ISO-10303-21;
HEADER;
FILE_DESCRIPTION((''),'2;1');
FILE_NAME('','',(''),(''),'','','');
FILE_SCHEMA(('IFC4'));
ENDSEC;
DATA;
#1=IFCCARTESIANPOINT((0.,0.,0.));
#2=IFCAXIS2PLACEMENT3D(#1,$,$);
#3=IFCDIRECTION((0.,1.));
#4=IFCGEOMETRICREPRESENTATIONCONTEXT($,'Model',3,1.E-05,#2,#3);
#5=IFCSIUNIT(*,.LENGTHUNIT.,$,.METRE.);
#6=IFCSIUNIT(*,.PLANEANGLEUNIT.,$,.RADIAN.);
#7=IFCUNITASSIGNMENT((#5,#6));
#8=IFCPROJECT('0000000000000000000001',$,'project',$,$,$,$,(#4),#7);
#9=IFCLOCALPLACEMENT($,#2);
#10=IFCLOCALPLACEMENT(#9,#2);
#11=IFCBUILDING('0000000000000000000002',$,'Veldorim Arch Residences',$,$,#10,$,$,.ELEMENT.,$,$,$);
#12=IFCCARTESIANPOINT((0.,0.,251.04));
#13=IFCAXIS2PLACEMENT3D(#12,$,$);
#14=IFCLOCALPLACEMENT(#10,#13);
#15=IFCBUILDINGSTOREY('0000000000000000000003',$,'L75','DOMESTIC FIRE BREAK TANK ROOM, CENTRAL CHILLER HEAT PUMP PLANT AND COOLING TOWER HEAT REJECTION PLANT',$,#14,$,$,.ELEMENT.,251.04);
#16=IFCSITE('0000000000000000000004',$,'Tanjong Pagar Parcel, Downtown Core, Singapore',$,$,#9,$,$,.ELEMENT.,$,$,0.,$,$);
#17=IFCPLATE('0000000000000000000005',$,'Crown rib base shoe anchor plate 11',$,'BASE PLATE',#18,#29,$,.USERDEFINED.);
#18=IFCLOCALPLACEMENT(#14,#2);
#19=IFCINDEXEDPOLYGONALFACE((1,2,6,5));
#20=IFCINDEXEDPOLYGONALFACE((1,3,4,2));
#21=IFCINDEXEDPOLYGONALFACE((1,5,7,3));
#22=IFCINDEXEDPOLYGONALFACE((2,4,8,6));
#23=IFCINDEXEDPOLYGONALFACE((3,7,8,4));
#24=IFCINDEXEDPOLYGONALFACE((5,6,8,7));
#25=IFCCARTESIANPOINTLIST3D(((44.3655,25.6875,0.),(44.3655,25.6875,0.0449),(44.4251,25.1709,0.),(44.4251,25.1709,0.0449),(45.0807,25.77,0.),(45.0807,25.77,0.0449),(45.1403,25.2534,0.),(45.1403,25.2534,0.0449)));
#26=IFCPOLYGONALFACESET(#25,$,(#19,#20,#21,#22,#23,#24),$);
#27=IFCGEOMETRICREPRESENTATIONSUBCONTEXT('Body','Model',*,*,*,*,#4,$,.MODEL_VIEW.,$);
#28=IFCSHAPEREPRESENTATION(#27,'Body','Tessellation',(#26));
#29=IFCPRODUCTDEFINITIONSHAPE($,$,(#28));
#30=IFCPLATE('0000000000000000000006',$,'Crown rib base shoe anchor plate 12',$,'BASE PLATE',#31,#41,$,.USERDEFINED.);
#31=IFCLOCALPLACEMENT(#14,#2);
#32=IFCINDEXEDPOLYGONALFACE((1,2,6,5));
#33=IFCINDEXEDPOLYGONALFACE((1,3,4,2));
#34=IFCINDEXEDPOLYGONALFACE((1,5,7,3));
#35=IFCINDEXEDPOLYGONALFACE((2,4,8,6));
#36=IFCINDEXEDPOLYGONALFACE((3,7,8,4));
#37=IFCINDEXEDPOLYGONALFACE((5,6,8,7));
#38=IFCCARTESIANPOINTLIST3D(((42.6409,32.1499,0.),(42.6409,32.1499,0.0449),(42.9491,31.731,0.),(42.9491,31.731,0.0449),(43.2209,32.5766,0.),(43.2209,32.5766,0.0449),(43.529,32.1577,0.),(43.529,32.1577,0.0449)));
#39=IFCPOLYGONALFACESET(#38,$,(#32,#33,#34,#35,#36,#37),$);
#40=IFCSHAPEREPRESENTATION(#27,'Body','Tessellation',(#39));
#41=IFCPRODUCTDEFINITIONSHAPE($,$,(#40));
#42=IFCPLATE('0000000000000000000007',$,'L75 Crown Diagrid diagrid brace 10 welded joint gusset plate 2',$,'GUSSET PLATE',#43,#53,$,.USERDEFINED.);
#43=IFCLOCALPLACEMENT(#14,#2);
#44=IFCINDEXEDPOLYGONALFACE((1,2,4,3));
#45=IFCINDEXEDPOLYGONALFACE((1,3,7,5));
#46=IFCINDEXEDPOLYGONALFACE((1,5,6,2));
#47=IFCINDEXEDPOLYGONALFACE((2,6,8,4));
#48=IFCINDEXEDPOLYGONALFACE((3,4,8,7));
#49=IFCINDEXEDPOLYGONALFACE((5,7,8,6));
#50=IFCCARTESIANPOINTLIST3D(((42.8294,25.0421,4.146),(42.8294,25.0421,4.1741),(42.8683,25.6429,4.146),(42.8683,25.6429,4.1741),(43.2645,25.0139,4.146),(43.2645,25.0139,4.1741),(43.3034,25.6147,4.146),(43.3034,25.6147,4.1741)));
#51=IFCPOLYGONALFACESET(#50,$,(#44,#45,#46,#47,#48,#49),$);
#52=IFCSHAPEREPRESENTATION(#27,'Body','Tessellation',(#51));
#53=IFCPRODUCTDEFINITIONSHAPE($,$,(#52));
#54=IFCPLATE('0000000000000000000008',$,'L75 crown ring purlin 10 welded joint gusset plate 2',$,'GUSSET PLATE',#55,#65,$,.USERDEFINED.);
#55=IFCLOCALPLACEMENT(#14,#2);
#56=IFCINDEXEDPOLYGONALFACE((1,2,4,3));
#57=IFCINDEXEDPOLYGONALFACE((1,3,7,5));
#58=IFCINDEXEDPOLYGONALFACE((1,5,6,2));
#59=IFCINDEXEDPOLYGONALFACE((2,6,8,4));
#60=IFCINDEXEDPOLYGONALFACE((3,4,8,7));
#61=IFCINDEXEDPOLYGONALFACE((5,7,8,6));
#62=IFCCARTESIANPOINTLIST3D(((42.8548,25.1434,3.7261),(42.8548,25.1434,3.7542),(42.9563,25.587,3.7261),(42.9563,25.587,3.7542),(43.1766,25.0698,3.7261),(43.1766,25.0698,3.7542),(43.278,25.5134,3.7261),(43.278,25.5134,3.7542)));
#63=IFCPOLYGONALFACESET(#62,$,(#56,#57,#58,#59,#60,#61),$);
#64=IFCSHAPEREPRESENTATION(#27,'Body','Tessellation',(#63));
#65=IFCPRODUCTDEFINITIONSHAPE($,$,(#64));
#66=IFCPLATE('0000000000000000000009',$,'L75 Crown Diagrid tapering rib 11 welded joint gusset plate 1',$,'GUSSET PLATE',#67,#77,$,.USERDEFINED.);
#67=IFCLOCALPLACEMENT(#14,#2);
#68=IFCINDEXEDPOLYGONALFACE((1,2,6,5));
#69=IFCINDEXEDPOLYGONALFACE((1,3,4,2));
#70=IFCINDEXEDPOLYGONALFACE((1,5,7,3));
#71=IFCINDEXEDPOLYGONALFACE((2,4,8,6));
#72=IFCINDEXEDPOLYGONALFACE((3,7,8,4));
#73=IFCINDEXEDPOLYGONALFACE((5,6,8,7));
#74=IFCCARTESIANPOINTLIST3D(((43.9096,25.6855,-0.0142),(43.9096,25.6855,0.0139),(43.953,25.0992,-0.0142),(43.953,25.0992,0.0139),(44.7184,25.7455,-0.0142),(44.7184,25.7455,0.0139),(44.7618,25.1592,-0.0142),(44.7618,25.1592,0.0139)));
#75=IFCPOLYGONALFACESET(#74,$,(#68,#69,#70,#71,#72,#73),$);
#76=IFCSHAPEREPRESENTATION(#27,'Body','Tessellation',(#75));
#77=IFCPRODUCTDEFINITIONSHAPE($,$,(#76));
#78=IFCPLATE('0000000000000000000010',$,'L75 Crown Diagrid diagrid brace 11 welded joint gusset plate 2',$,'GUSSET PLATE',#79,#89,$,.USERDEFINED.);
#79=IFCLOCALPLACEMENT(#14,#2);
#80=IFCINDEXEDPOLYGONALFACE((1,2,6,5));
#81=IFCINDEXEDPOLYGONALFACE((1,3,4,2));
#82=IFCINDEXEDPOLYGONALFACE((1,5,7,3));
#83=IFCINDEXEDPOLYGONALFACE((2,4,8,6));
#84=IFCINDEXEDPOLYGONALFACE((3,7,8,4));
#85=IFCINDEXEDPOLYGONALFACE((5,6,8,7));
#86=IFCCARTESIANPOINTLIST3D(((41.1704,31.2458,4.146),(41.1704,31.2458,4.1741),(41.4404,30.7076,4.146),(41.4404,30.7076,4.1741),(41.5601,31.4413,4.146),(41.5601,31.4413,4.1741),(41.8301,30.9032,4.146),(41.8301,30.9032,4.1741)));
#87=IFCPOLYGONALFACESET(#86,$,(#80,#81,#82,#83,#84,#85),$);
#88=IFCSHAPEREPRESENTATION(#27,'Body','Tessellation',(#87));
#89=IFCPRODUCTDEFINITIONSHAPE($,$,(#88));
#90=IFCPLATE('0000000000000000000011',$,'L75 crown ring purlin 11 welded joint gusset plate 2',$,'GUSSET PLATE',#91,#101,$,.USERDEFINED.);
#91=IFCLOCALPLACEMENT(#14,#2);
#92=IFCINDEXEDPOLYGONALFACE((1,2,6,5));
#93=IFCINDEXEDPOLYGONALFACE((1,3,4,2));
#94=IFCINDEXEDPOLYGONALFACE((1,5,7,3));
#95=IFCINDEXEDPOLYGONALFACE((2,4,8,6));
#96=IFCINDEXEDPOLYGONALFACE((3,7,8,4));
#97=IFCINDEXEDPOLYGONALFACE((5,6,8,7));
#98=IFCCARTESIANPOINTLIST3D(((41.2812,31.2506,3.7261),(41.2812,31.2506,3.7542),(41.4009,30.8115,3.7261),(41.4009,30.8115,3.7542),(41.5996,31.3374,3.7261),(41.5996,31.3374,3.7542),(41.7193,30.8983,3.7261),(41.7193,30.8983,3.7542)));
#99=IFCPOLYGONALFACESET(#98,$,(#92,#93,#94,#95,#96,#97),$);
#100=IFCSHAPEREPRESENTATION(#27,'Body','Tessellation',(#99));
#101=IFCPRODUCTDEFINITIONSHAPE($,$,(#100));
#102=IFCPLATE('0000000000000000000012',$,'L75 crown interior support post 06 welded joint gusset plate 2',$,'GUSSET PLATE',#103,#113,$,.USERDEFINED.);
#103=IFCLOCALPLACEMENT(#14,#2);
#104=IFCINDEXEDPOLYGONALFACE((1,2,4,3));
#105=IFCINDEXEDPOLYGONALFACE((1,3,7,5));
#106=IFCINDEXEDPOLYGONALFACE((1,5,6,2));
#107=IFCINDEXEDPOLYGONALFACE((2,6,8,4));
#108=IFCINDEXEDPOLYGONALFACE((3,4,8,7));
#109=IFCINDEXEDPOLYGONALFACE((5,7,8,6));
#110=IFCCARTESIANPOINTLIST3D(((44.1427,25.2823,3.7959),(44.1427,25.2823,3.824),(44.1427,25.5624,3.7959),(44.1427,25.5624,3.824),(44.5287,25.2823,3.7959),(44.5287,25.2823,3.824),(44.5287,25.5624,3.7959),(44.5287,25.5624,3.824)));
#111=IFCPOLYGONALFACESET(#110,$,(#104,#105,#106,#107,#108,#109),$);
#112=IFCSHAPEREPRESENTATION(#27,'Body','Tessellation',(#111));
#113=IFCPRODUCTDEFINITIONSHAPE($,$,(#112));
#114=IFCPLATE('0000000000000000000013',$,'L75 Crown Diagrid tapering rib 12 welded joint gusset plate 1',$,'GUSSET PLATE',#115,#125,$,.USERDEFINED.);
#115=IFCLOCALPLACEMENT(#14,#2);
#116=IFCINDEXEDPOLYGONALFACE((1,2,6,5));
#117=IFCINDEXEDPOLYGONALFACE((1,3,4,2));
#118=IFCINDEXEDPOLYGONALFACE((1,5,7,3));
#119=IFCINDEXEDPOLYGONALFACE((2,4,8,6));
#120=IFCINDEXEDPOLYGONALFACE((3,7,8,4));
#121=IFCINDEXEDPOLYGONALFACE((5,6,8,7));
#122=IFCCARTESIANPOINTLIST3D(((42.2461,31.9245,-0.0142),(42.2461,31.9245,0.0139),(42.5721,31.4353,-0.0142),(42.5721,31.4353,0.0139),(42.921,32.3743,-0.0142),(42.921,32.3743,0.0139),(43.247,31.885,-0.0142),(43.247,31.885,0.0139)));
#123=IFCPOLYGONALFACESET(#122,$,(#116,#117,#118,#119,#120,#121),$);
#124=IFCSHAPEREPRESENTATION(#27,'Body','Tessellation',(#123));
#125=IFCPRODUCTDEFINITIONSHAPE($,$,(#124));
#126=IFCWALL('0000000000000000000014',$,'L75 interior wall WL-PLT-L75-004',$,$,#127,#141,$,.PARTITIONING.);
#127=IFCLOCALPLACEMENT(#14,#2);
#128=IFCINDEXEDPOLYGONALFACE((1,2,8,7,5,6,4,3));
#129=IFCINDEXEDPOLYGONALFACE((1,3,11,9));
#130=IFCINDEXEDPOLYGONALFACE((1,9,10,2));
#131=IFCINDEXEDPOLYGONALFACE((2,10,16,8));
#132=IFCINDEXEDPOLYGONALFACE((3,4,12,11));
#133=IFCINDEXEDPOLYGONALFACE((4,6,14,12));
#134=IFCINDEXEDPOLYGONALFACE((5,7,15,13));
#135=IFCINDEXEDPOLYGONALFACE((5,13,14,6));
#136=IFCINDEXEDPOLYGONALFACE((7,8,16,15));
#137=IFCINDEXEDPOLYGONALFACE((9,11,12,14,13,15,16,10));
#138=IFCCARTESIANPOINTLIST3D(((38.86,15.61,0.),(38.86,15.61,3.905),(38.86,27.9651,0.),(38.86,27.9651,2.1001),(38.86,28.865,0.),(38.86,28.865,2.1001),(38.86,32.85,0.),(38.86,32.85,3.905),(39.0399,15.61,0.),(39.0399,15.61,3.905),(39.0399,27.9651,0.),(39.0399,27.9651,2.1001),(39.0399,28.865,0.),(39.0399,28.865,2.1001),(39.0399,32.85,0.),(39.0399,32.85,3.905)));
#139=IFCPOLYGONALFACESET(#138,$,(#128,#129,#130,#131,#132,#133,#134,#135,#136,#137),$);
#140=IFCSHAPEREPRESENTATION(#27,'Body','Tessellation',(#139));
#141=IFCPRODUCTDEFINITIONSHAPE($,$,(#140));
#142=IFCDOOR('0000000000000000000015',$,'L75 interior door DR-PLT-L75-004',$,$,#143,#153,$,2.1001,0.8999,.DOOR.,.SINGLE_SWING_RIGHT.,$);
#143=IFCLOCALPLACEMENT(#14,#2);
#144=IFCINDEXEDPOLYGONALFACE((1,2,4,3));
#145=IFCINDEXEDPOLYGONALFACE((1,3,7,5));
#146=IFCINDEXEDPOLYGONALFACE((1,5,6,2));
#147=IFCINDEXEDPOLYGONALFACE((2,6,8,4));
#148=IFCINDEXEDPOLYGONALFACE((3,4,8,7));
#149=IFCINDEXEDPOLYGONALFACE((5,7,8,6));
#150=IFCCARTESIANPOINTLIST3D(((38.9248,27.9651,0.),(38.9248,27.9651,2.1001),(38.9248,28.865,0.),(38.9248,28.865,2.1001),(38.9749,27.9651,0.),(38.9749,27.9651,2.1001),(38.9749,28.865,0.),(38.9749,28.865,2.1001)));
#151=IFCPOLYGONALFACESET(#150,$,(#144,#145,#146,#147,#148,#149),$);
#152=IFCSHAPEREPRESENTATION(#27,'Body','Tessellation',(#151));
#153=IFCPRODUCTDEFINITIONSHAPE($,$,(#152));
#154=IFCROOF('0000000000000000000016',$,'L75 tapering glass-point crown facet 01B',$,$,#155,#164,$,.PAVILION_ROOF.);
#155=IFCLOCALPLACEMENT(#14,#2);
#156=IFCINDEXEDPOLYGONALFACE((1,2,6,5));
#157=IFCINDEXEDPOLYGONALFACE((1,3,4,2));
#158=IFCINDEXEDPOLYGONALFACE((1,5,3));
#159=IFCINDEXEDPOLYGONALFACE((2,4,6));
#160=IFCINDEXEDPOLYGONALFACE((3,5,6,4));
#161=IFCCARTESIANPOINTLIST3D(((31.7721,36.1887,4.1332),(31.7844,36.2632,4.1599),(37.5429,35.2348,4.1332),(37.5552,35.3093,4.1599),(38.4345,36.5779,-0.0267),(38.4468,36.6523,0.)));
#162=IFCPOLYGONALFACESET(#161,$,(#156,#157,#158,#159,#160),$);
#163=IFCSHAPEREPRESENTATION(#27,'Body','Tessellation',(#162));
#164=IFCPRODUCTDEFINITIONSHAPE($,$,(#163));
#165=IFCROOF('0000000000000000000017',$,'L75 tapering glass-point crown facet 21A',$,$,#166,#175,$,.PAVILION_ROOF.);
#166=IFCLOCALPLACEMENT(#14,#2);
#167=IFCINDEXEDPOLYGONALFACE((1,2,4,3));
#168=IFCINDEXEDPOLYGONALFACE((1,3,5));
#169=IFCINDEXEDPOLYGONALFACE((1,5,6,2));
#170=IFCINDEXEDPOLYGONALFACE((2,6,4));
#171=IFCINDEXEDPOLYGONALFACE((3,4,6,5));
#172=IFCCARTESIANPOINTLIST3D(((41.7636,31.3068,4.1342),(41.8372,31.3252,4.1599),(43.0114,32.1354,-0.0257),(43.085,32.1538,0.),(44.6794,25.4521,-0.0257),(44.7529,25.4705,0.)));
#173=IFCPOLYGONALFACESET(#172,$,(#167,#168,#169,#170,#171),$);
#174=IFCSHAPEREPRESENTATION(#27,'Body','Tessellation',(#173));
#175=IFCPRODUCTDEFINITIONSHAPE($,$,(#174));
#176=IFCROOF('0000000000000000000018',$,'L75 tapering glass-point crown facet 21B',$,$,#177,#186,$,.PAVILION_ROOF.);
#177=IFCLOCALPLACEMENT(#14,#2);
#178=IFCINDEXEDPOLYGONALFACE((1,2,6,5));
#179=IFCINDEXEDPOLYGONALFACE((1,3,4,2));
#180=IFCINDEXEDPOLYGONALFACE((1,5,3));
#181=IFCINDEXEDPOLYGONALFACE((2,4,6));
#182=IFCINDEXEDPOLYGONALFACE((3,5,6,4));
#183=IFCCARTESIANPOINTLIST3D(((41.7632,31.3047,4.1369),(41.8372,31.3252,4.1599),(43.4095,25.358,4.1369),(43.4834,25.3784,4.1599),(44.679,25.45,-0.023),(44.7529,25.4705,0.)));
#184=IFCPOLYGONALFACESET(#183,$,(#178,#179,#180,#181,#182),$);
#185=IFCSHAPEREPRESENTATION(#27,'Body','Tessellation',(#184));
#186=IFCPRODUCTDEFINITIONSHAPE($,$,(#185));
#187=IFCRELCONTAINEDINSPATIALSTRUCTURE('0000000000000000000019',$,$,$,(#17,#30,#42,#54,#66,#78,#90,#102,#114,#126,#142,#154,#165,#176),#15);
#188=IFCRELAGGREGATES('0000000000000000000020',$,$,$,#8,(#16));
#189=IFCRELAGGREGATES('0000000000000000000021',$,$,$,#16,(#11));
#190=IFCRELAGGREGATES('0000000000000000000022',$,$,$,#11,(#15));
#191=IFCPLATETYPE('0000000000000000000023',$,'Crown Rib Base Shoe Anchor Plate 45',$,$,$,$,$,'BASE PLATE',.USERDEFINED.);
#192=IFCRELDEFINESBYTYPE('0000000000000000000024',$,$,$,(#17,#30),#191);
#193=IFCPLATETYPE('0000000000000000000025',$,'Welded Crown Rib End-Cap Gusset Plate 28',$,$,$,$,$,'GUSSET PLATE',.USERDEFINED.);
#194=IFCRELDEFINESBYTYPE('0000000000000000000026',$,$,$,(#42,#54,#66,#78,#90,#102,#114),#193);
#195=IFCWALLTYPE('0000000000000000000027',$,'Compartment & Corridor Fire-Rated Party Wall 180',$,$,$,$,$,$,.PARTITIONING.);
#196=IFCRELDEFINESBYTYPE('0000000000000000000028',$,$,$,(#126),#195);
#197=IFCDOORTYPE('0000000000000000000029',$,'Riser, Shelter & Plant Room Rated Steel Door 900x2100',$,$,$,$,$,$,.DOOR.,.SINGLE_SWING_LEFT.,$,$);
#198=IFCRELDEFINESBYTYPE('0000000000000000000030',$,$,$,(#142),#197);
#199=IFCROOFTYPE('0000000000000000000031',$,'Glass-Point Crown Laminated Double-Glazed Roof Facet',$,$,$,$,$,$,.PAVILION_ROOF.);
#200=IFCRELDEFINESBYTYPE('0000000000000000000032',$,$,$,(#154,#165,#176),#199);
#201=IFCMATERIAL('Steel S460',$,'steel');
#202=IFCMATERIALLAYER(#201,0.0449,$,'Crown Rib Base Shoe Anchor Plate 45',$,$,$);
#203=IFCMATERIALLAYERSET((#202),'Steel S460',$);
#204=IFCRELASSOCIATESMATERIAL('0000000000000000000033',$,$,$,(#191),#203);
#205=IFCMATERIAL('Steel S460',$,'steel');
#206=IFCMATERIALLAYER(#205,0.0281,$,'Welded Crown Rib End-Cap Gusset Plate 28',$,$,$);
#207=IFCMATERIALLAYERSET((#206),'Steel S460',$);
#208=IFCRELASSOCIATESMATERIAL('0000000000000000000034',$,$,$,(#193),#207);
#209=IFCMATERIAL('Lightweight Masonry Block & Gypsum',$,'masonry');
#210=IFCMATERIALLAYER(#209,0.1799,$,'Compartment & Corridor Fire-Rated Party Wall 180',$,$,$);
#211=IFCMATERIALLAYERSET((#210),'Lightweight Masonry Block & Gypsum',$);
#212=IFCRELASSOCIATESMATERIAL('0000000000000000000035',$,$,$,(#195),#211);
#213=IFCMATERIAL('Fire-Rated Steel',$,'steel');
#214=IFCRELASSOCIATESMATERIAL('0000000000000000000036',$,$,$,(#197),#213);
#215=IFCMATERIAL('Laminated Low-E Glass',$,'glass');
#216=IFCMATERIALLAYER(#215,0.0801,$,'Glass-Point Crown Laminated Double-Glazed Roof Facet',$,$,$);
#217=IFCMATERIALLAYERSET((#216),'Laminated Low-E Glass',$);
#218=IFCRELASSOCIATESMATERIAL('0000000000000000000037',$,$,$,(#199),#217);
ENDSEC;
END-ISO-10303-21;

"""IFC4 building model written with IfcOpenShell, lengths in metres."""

from ifc_helpers import new_model, si_unit, direction, frame, frame_2d, origin, origin_2d, place, context, subcontext, project, spatial, polyline, rectangle, outline, extrude, material, layer, layer_set, type_object, element, fill, save


model = new_model("IFC4")

# Units and contexts
model_context = context("Model", 3, precision=1e-05, world=origin(), true_north=direction((0.0, 1.0)))
body_context = subcontext(model_context, "Body", "Model", "MODEL_VIEW")
ifc_project = project(units=[si_unit("LENGTHUNIT", "METRE"), si_unit("PLANEANGLEUNIT", "RADIAN")], contexts=[model_context])

# Site, building, storey
site_placement = place(None, origin())
site = spatial("IfcSite", under=ifc_project, at=site_placement, Name="Tanjong Pagar Parcel, Downtown Core, Singapore", CompositionType="ELEMENT", RefElevation=0.0)
building_placement = place(site_placement, origin())
building = spatial("IfcBuilding", under=site, at=building_placement, Name="Veldorim Arch Residences", CompositionType="ELEMENT")
storey_placement = place(building_placement, frame((0.0, 0.0, 251.04)))
storey = spatial("IfcBuildingStorey", under=building, at=storey_placement, Name="L75", Description="DOMESTIC FIRE BREAK TANK ROOM, CENTRAL CHILLER HEAT PUMP PLANT AND COOLING TOWER HEAT REJECTION PLANT", CompositionType="ELEMENT", Elevation=251.04)

# Plates
ifc_material_1 = material(Name="Steel S460", Category="steel")
ifc_layer_1 = layer(ifc_material_1, 0.0449, Name="Crown Rib Base Shoe Anchor Plate 45")
ifc_layer_set_1 = layer_set([ifc_layer_1], Name="Steel S460")
plate_type_1 = type_object("IfcPlateType", Name="Crown Rib Base Shoe Anchor Plate 45", ElementType="BASE PLATE", PredefinedType="USERDEFINED", material=ifc_layer_set_1)
for number, where, z_axis, x_axis, name in (
    (1, (44.7529, 25.4705, 0.0), (0.0, 0.0, 1.0), (0.993413, 0.11459, 0.0), "Crown rib base shoe anchor plate 11"),
    (2, (43.085, 32.1538, 0.0), (0.0, 0.0, 1.0), (0.805515, 0.592576, 0.0), "Crown rib base shoe anchor plate 12"),
):
    element("IfcPlate", number, at=place(storey_placement, frame(where, z_axis=z_axis, x_axis=x_axis)), inside=storey, type_object=plate_type_1, Name=name, ObjectType="BASE PLATE", PredefinedType="USERDEFINED", context=body_context, shape_type="SweptSolid", body=[
        extrude(rectangle(XDim=0.72, YDim=0.52, at=origin_2d()), origin(), (0.0, 0.0, 1.0), 0.0449),
    ])
ifc_material_2 = material(Name="Steel S460", Category="steel")
ifc_layer_2 = layer(ifc_material_2, 0.0281, Name="Welded Crown Rib End-Cap Gusset Plate 28")
ifc_layer_set_2 = layer_set([ifc_layer_2], Name="Steel S460")
plate_type_2 = type_object("IfcPlateType", Name="Welded Crown Rib End-Cap Gusset Plate 28", ElementType="GUSSET PLATE", PredefinedType="USERDEFINED", material=ifc_layer_set_2)
plate_1_placement = place(storey_placement, frame((43.0664, 25.3284, 4.146), z_axis=(0.0, 0.0, 1.0), x_axis=(0.064637, 0.997909, 0.0)))
element("IfcPlate", 3, at=plate_1_placement, inside=storey, type_object=plate_type_2, Name="L75 Crown Diagrid diagrid brace 10 welded joint gusset plate 2", ObjectType="GUSSET PLATE", PredefinedType="USERDEFINED", context=body_context, shape_type="SweptSolid", body=[
    extrude(rectangle(XDim=0.6021, YDim=0.436, at=origin_2d()), origin(), (0.0, 0.0, 1.0), 0.0281),
])
plate_2_placement = place(storey_placement, frame((43.0664, 25.3284, 3.7261), z_axis=(0.0, 0.0, 1.0), x_axis=(0.222961, 0.974827, 0.0)))
element("IfcPlate", 4, at=plate_2_placement, inside=storey, type_object=plate_type_2, Name="L75 crown ring purlin 10 welded joint gusset plate 2", ObjectType="GUSSET PLATE", PredefinedType="USERDEFINED", context=body_context, shape_type="SweptSolid", body=[
    extrude(rectangle(XDim=0.4551, YDim=0.3301, at=origin_2d()), origin(), (0.0, 0.0, 1.0), 0.0281),
])
plate_3_placement = place(storey_placement, frame((44.3357, 25.4224, -0.0142), z_axis=(0.0, 0.0, 1.0), x_axis=(-0.997263, -0.073934, 0.0)))
element("IfcPlate", 5, at=plate_3_placement, inside=storey, type_object=plate_type_2, Name="L75 Crown Diagrid tapering rib 11 welded joint gusset plate 1", ObjectType="GUSSET PLATE", PredefinedType="USERDEFINED", context=body_context, shape_type="SweptSolid", body=[
    extrude(rectangle(XDim=0.811, YDim=0.5879, at=origin_2d()), origin(), (0.0, 0.0, 1.0), 0.0281),
])
plate_4_placement = place(storey_placement, frame((41.5002, 31.0745, 4.146), z_axis=(0.0, 0.0, 1.0), x_axis=(-0.448414, 0.893826, 0.0)))
element("IfcPlate", 6, at=plate_4_placement, inside=storey, type_object=plate_type_2, Name="L75 Crown Diagrid diagrid brace 11 welded joint gusset plate 2", ObjectType="GUSSET PLATE", PredefinedType="USERDEFINED", context=body_context, shape_type="SweptSolid", body=[
    extrude(rectangle(XDim=0.6021, YDim=0.436, at=origin_2d()), origin(), (0.0, 0.0, 1.0), 0.0281),
])
plate_5_placement = place(storey_placement, frame((41.5002, 31.0745, 3.7261), z_axis=(0.0, 0.0, 1.0), x_axis=(-0.262981, 0.964801, 0.0)))
element("IfcPlate", 7, at=plate_5_placement, inside=storey, type_object=plate_type_2, Name="L75 crown ring purlin 11 welded joint gusset plate 2", ObjectType="GUSSET PLATE", PredefinedType="USERDEFINED", context=body_context, shape_type="SweptSolid", body=[
    extrude(rectangle(XDim=0.4551, YDim=0.3301, at=origin_2d()), origin(), (0.0, 0.0, 1.0), 0.0281),
])
plate_6_placement = place(storey_placement, frame((44.3357, 25.4224, 3.7959), z_axis=(0.0, 0.0, 1.0), x_axis=(1.0, 0.0, 0.0)))
element("IfcPlate", 8, at=plate_6_placement, inside=storey, type_object=plate_type_2, Name="L75 crown interior support post 06 welded joint gusset plate 2", ObjectType="GUSSET PLATE", PredefinedType="USERDEFINED", context=body_context, shape_type="SweptSolid", body=[
    extrude(rectangle(XDim=0.386, YDim=0.28, at=origin_2d()), origin(), (0.0, 0.0, 1.0), 0.0281),
])
plate_7_placement = place(storey_placement, frame((42.7466, 31.9048, -0.0142), z_axis=(0.0, 0.0, 1.0), x_axis=(-0.832167, -0.554525, 0.0)))
element("IfcPlate", 9, at=plate_7_placement, inside=storey, type_object=plate_type_2, Name="L75 Crown Diagrid tapering rib 12 welded joint gusset plate 1", ObjectType="GUSSET PLATE", PredefinedType="USERDEFINED", context=body_context, shape_type="SweptSolid", body=[
    extrude(rectangle(XDim=0.811, YDim=0.5879, at=origin_2d()), origin(), (0.0, 0.0, 1.0), 0.0281),
])

# Wall, opening, door
ifc_material_3 = material(Name="Lightweight Masonry Block & Gypsum", Category="masonry")
ifc_layer_3 = layer(ifc_material_3, 0.1799, Name="Compartment & Corridor Fire-Rated Party Wall 180")
ifc_layer_set_3 = layer_set([ifc_layer_3], Name="Lightweight Masonry Block & Gypsum")
wall_type = type_object("IfcWallType", Name="Compartment & Corridor Fire-Rated Party Wall 180", PredefinedType="PARTITIONING", material=ifc_layer_set_3)
wall_placement = place(storey_placement, frame((38.95, 32.8501, 0.0), z_axis=(0.0, 0.0, 1.0), x_axis=(0.0, -1.0, 0.0)))
wall = element("IfcWall", 10, at=wall_placement, inside=storey, type_object=wall_type, Name="L75 interior wall WL-PLT-L75-004", PredefinedType="PARTITIONING", context=body_context, shape_type="SweptSolid", body=[
    extrude(rectangle(XDim=17.24, YDim=0.1799, at=frame_2d((8.6201, 0.0))), origin(), (0.0, 0.0, 1.0), 3.905),
])
opening_placement = place(wall_placement, frame((3.9851, 0.0, 0.0)))
opening = element("IfcOpeningElement", 11, at=opening_placement, cuts=wall, PredefinedType="OPENING", context=body_context, shape_type="SweptSolid", body=[
    extrude(rectangle(XDim=0.8999, YDim=2.1001, at=frame_2d((0.45, 1.05))), frame((0.0, 0.0999, 0.0), z_axis=(0.0, -1.0, 0.0), x_axis=(1.0, 0.0, 0.0)), (0.0, 0.0, 1.0), 0.2),
])
ifc_material_4 = material(Name="Fire-Rated Steel", Category="steel")
door_type = type_object("IfcDoorType", Name="Riser, Shelter & Plant Room Rated Steel Door 900x2100", OperationType="SINGLE_SWING_LEFT", PredefinedType="DOOR", material=ifc_material_4)
door_placement = place(opening_placement, origin())
door = element("IfcDoor", 12, at=door_placement, inside=storey, type_object=door_type, Name="L75 interior door DR-PLT-L75-004", OperationType="SINGLE_SWING_RIGHT", OverallHeight=2.1001, OverallWidth=0.8999, PredefinedType="DOOR", context=body_context, shape_type="SweptSolid", body=[
    extrude(rectangle(XDim=0.8999, YDim=2.1001, at=frame_2d((0.45, 1.05))), frame((0.0, 0.0249, 0.0), z_axis=(0.0, -1.0, 0.0), x_axis=(1.0, 0.0, 0.0)), (0.0, 0.0, 1.0), 0.05),
])
fill(opening, door)

# Roofs
ifc_material_5 = material(Name="Laminated Low-E Glass", Category="glass")
ifc_layer_4 = layer(ifc_material_5, 0.0801, Name="Glass-Point Crown Laminated Double-Glazed Roof Facet")
ifc_layer_set_4 = layer_set([ifc_layer_4], Name="Laminated Low-E Glass")
roof_type = type_object("IfcRoofType", Name="Glass-Point Crown Laminated Double-Glazed Roof Facet", PredefinedType="PAVILION_ROOF", material=ifc_layer_set_4)
roof_1_placement = place(storey_placement, frame((38.4468, 36.6523, 0.0), z_axis=(0.153756, 0.93021, 0.333271), x_axis=(-0.847191, -0.049486, 0.528978)))
element("IfcRoof", 13, at=roof_1_placement, inside=storey, type_object=roof_type, Name="L75 tapering glass-point crown facet 01B", PredefinedType="PAVILION_ROOF", context=body_context, shape_type="SweptSolid", body=[
    extrude(outline(polyline([(0.0, 0.0), (7.864, 0.0), (3.0223, 3.2816), (0.0, 0.0)])), origin(), (0.0, 0.0, -1.0), 0.0801),
])
roof_2_placement = place(storey_placement, frame((44.7529, 25.4705, 0.0), z_axis=(0.918803, 0.229306, 0.321279), x_axis=(-0.242144, 0.97024, 0.0)))
element("IfcRoof", 14, at=roof_2_placement, inside=storey, type_object=roof_type, Name="L75 tapering glass-point crown facet 21A", PredefinedType="PAVILION_ROOF", context=body_context, shape_type="SweptSolid", body=[
    extrude(outline(polyline([(0.0, 0.0), (6.8883, 0.0), (6.3865, 4.3928), (0.0, 0.0)])), origin(), (0.0, 0.0, -1.0), 0.0801),
])
roof_3_placement = place(storey_placement, frame((44.7529, 25.4705, 0.0), z_axis=(0.923102, 0.255541, 0.287368), x_axis=(-0.37616, 0.755311, 0.536664)))
element("IfcRoof", 15, at=roof_3_placement, inside=storey, type_object=roof_type, Name="L75 tapering glass-point crown facet 21B", PredefinedType="PAVILION_ROOF", context=body_context, shape_type="SweptSolid", body=[
    extrude(outline(polyline([(0.0, 0.0), (7.7514, 0.0), (2.6405, 3.4573), (0.0, 0.0)])), origin(), (0.0, 0.0, -1.0), 0.0801),
])

save(model, "model.ifc")
